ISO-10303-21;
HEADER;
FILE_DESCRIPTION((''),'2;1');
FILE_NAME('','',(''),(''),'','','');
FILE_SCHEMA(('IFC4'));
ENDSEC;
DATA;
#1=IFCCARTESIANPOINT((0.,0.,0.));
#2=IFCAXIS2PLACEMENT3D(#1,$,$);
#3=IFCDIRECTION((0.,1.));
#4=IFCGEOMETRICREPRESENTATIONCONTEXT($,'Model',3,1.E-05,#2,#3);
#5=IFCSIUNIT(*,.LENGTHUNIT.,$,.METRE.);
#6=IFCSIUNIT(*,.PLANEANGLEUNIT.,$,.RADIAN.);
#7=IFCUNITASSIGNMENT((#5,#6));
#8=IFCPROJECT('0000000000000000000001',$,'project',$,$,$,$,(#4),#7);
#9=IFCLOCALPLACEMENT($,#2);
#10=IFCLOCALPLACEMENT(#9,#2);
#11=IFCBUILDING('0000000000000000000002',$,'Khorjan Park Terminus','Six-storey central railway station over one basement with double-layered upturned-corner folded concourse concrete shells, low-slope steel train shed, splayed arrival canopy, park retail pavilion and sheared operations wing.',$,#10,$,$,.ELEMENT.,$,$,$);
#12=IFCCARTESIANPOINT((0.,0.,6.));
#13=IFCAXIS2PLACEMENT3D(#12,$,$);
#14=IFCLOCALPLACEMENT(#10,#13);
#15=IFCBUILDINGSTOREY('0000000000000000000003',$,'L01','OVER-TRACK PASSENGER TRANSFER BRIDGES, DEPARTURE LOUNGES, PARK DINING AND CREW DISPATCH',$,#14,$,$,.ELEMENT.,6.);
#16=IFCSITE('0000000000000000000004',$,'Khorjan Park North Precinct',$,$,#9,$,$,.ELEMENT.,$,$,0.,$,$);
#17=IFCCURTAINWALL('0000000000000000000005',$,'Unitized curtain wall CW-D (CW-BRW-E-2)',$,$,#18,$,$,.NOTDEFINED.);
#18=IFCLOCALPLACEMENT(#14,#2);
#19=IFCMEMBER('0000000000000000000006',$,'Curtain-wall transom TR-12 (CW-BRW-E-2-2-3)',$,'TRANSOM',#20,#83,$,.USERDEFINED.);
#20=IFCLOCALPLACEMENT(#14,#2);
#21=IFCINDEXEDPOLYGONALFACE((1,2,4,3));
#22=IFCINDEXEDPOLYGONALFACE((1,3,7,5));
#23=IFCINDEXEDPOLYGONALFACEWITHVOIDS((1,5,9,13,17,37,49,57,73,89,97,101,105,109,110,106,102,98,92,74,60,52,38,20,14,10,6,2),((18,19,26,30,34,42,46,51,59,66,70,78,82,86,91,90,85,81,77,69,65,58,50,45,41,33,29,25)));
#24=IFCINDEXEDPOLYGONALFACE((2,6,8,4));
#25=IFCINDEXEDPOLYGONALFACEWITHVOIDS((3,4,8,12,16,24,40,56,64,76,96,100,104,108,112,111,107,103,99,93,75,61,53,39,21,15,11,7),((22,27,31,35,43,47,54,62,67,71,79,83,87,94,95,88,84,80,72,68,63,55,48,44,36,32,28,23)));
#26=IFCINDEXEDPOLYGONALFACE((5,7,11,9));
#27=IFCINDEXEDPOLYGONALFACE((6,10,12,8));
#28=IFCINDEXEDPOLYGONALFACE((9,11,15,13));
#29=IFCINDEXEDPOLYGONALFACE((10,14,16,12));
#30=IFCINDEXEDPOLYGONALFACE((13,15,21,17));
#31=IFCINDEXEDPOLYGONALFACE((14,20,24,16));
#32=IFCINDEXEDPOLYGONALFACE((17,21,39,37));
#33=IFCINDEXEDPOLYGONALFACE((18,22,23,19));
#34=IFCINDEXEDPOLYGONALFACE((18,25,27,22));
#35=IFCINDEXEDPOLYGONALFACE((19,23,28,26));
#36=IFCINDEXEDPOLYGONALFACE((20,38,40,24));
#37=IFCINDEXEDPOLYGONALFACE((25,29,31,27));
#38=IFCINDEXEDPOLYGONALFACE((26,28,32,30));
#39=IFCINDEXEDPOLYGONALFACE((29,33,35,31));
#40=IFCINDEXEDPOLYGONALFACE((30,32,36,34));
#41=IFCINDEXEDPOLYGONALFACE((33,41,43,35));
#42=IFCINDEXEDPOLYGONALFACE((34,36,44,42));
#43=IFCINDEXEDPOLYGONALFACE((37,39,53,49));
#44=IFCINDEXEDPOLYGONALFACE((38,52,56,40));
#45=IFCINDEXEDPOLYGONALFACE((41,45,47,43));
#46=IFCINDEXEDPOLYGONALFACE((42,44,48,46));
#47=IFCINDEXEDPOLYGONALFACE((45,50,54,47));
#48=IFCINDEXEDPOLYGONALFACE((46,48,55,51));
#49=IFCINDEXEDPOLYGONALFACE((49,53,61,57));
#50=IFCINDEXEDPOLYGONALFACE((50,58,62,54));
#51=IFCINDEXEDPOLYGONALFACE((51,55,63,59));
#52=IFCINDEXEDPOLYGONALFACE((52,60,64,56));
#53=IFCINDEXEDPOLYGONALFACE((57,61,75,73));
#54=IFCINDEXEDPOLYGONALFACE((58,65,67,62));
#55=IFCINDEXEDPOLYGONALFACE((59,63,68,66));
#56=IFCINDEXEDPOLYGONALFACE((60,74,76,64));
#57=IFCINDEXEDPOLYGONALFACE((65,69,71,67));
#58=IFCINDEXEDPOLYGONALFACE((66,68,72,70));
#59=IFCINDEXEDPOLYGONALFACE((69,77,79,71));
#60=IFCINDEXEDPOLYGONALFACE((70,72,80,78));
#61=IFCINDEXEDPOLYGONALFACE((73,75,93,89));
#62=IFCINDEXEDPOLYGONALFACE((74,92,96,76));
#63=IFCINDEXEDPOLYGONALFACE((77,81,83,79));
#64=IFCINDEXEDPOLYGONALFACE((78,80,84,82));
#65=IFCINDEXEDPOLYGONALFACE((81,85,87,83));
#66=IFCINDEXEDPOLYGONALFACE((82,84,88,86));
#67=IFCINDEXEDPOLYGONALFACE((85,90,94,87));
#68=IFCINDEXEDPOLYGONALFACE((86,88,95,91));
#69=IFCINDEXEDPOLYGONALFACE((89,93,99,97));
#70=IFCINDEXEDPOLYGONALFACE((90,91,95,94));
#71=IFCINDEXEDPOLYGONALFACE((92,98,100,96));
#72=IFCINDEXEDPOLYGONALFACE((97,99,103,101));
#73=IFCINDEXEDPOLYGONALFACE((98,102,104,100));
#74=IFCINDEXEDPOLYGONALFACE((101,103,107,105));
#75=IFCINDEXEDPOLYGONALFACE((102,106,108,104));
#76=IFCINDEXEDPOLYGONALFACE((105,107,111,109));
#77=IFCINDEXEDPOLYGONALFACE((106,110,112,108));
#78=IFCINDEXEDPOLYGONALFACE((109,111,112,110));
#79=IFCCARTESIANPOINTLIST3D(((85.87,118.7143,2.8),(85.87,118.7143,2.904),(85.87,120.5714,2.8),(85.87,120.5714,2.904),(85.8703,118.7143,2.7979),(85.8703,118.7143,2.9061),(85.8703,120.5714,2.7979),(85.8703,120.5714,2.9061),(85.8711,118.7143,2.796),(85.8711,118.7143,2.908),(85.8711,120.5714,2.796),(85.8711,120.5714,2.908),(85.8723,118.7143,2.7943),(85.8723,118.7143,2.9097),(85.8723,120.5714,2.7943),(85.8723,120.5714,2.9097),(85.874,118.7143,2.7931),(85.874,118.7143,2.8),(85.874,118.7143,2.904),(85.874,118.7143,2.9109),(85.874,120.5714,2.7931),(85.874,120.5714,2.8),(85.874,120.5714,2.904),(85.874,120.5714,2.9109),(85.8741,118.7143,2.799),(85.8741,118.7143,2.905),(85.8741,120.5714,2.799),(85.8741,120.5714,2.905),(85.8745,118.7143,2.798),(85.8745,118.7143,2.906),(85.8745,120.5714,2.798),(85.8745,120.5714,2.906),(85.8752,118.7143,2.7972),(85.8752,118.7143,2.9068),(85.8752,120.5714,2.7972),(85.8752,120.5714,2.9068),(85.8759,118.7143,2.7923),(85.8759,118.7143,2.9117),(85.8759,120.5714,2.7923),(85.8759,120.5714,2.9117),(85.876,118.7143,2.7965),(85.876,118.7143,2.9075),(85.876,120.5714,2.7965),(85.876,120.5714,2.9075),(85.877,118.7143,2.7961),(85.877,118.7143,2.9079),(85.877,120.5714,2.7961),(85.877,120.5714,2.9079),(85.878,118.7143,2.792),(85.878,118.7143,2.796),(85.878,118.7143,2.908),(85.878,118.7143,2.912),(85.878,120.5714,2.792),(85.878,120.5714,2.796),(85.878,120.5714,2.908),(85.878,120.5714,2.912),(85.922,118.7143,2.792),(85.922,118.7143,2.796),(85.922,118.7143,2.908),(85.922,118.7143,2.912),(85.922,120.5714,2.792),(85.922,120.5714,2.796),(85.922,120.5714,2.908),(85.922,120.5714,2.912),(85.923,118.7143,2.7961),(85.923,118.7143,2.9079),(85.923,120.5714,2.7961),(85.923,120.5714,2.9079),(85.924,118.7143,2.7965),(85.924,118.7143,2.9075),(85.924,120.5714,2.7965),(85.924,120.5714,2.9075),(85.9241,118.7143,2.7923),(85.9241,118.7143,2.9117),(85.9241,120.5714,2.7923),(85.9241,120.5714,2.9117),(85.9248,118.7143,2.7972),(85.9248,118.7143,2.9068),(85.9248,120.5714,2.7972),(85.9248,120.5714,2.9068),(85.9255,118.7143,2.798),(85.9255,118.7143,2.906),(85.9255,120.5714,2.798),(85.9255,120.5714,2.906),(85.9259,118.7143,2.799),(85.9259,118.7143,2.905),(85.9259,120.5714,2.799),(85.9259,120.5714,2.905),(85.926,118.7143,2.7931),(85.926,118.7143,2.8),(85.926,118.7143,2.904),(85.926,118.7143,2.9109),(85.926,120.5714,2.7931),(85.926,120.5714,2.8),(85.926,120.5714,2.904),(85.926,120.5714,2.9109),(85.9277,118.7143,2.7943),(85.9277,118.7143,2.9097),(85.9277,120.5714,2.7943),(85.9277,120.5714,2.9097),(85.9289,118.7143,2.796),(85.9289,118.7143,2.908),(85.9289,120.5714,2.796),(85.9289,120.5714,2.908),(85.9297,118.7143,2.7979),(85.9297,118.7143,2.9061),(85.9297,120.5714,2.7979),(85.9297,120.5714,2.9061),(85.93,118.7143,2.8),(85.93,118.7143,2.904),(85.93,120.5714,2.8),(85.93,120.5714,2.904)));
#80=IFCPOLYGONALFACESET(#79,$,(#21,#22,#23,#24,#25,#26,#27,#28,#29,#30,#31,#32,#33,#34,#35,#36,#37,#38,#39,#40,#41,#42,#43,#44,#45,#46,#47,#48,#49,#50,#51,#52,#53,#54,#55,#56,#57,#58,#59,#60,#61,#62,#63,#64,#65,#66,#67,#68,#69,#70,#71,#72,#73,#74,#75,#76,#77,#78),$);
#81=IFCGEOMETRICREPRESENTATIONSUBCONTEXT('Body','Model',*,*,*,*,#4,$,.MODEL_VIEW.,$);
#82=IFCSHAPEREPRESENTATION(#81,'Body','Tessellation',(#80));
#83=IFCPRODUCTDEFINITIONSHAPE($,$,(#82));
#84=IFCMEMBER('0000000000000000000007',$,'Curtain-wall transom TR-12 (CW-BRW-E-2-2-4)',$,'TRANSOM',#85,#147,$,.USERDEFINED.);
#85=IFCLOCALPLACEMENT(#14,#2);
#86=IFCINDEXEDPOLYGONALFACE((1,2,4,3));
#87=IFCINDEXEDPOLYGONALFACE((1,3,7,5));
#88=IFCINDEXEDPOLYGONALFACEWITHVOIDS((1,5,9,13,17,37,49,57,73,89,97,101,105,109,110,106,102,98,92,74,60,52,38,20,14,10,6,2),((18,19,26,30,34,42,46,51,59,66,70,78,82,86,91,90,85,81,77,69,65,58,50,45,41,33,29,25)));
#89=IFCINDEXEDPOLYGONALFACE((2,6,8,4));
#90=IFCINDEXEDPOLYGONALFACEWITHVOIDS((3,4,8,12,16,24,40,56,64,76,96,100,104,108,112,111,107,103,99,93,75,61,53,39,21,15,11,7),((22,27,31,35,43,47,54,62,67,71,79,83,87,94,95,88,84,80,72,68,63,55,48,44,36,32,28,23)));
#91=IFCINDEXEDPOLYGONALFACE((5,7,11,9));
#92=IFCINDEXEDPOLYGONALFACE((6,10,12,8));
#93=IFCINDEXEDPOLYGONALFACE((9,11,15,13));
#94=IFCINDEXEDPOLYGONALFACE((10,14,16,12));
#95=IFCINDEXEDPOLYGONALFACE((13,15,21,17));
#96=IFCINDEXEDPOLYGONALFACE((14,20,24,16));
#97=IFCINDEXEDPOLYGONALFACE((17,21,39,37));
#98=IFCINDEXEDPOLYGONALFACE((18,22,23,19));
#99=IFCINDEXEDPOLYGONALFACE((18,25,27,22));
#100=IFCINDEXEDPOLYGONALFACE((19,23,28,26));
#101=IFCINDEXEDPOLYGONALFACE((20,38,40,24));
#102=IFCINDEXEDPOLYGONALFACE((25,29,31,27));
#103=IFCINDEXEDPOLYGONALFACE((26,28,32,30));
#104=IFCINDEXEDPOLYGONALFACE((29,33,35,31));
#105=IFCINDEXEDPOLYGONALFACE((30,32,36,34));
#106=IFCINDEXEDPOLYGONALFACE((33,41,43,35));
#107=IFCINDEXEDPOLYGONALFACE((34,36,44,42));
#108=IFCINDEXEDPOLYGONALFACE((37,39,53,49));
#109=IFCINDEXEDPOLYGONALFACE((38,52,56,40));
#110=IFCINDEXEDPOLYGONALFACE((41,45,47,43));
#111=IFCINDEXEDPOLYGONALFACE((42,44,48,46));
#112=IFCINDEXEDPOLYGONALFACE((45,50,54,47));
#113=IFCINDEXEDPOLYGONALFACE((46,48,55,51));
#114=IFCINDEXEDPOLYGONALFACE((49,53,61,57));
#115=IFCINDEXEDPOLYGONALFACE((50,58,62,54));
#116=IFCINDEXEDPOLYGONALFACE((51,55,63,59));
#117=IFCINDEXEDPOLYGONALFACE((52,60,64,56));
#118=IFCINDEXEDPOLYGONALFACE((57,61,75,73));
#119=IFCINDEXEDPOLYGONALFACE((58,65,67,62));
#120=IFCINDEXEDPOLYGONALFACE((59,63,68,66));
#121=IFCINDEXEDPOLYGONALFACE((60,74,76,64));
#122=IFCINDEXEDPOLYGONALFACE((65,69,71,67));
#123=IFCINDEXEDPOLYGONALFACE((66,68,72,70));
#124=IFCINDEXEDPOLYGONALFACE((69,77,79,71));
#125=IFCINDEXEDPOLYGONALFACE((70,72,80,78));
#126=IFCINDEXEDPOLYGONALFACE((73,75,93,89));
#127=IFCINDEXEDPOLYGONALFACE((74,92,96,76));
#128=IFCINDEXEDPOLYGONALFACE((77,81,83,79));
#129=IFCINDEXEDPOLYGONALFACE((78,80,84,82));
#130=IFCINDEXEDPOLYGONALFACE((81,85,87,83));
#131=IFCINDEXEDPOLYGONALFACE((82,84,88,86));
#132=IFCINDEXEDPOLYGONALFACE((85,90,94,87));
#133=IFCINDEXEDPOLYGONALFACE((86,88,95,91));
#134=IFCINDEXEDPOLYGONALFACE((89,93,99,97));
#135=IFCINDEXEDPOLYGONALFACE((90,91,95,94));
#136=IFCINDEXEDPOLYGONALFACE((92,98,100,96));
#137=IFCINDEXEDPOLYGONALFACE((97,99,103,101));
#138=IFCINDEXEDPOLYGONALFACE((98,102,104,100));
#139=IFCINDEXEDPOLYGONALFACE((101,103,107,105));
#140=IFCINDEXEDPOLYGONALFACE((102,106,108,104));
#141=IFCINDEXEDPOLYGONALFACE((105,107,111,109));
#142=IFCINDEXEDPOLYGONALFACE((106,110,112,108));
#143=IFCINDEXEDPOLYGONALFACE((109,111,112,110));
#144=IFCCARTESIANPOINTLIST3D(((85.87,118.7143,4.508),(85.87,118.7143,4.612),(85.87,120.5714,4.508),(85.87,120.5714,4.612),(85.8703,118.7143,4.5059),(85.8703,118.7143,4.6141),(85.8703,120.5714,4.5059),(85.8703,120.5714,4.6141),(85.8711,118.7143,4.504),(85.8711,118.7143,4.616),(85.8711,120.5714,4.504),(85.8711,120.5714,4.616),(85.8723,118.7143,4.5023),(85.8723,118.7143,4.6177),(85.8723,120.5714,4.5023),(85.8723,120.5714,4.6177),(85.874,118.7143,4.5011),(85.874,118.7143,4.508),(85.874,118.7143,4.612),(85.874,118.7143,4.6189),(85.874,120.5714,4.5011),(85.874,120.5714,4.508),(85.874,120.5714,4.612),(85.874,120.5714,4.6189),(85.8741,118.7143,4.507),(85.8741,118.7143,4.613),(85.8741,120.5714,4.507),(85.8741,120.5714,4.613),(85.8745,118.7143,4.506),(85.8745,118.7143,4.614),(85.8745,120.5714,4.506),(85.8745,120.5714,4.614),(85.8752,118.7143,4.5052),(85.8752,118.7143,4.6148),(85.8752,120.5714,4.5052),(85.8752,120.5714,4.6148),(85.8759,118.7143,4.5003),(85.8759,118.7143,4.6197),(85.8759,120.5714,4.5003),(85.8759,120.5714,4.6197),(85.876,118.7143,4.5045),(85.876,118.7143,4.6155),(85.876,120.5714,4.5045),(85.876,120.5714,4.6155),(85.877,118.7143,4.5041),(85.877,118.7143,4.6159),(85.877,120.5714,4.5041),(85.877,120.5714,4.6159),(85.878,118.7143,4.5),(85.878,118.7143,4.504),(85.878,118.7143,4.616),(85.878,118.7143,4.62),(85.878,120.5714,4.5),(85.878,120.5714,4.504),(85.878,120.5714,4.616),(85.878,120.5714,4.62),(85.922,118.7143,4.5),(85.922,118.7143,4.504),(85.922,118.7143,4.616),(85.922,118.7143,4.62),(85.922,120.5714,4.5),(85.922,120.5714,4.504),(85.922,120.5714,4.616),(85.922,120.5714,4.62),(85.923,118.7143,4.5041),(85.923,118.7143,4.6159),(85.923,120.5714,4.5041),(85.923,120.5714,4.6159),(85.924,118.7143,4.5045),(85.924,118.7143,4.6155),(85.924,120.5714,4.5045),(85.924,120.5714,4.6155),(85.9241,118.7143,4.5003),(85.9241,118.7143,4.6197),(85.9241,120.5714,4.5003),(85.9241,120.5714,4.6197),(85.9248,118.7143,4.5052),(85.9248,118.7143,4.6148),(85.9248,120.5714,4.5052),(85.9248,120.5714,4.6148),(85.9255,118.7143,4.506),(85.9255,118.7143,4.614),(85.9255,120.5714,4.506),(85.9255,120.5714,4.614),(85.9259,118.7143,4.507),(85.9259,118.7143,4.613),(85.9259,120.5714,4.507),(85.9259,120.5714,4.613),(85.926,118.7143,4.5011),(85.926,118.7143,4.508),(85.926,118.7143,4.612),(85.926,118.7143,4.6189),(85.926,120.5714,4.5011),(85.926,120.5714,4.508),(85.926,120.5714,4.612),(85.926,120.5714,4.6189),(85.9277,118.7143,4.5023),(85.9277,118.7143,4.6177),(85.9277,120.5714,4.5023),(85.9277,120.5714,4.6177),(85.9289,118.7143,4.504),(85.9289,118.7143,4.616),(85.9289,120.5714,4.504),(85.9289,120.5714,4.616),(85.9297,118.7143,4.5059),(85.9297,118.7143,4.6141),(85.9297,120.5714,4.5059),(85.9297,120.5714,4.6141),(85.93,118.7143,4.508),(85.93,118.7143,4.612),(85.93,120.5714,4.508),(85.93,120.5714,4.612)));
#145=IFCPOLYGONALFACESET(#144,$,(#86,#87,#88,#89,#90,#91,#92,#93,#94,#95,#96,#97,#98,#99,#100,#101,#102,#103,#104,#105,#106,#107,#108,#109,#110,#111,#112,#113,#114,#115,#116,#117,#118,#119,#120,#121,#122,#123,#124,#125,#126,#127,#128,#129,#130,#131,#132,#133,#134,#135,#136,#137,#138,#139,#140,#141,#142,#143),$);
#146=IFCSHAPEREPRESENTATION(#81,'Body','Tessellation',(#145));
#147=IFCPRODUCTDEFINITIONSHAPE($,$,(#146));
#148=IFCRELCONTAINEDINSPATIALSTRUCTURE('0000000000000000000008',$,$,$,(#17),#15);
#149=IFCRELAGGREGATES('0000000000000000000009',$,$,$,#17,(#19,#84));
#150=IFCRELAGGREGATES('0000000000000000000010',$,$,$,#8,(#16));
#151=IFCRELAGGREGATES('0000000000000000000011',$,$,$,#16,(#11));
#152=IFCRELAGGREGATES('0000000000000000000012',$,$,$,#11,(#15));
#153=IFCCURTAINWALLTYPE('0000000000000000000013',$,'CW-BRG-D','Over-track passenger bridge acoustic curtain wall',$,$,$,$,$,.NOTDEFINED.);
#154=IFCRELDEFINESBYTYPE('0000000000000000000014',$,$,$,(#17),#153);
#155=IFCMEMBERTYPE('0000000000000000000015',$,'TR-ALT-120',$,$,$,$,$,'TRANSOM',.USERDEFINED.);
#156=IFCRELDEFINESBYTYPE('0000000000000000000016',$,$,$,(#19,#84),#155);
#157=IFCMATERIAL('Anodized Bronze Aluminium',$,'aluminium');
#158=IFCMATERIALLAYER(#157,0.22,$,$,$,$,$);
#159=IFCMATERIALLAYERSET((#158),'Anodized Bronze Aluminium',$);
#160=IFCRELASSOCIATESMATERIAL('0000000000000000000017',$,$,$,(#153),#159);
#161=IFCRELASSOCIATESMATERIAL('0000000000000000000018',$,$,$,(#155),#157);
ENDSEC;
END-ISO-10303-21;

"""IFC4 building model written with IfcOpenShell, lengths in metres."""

from ifc_helpers import new_model, si_unit, direction, frame, origin, origin_2d, place, context, subcontext, project, spatial, hollow_rectangle, extrude, material, layer, layer_set, material_profile, profile_set, type_object, element, aggregate, save


model = new_model("IFC4")

# Units and contexts
model_context = context("Model", 3, precision=1e-05, world=origin(), true_north=direction((0.0, 1.0)))
body_context = subcontext(model_context, "Body", "Model", "MODEL_VIEW")
ifc_project = project(units=[si_unit("LENGTHUNIT", "METRE"), si_unit("PLANEANGLEUNIT", "RADIAN")], contexts=[model_context])

# Site, building, storey
site_placement = place(None, origin())
site = spatial("IfcSite", under=ifc_project, at=site_placement, Name="Khorjan Park North Precinct", CompositionType="ELEMENT", RefElevation=0.0)
building_placement = place(site_placement, origin())
building = spatial("IfcBuilding", under=site, at=building_placement, Name="Khorjan Park Terminus", Description="Six-storey central railway station over one basement with double-layered upturned-corner folded concourse concrete shells, low-slope steel train shed, splayed arrival canopy, park retail pavilion and sheared operations wing.", CompositionType="ELEMENT")
storey_placement = place(building_placement, frame((0.0, 0.0, 6.0)))
storey = spatial("IfcBuildingStorey", under=building, at=storey_placement, Name="L01", Description="OVER-TRACK PASSENGER TRANSFER BRIDGES, DEPARTURE LOUNGES, PARK DINING AND CREW DISPATCH", CompositionType="ELEMENT", Elevation=6.0)

# Curtain wall, members
ifc_material_1 = material(Name="Anodized Bronze Aluminium", Category="aluminium")
ifc_layer_1 = layer(ifc_material_1, 0.22)
ifc_layer_set_1 = layer_set([ifc_layer_1], Name="Anodized Bronze Aluminium")
curtain_wall_type = type_object("IfcCurtainWallType", Name="CW-BRG-D", Description="Over-track passenger bridge acoustic curtain wall", PredefinedType="NOTDEFINED", material=ifc_layer_set_1)
curtain_wall_placement = place(storey_placement, origin())
curtain_wall = element("IfcCurtainWall", 1, at=curtain_wall_placement, inside=storey, type_object=curtain_wall_type, Name="Unitized curtain wall CW-D (CW-BRW-E-2)", PredefinedType="NOTDEFINED")
ifc_material_profile_1 = material_profile(ifc_material_1, hollow_rectangle(XDim=0.06, YDim=0.12, WallThickness=0.004, InnerFilletRadius=0.004, OuterFilletRadius=0.008, at=origin_2d()), Name="ALT 60x120x4")
ifc_profile_set_1 = profile_set([ifc_material_profile_1], Name="Anodized Bronze Aluminium")
member_type_1 = type_object("IfcMemberType", Name="TR-ALT-120", ElementType="TRANSOM", PredefinedType="USERDEFINED", material=ifc_profile_set_1)
member_1_placement = place(storey_placement, frame((85.9, 118.7143, 2.852), z_axis=(0.0, 1.0, 0.0), x_axis=(-1.0, 0.0, 0.0)))
member_1 = element("IfcMember", 2, at=member_1_placement, type_object=member_type_1, Name="Curtain-wall transom TR-12 (CW-BRW-E-2-2-3)", ObjectType="TRANSOM", PredefinedType="USERDEFINED", context=body_context, shape_type="SweptSolid", body=[
    extrude(hollow_rectangle(XDim=0.06, YDim=0.12, WallThickness=0.004, InnerFilletRadius=0.004, OuterFilletRadius=0.008, at=origin_2d()), origin(), (0.0, 0.0, 1.0), 1.8571),
])
member_2_placement = place(storey_placement, frame((85.9, 118.7143, 4.56), z_axis=(0.0, 1.0, 0.0), x_axis=(-1.0, 0.0, 0.0)))
member_2 = element("IfcMember", 3, at=member_2_placement, type_object=member_type_1, Name="Curtain-wall transom TR-12 (CW-BRW-E-2-2-4)", ObjectType="TRANSOM", PredefinedType="USERDEFINED", context=body_context, shape_type="SweptSolid", body=[
    extrude(hollow_rectangle(XDim=0.06, YDim=0.12, WallThickness=0.004, InnerFilletRadius=0.004, OuterFilletRadius=0.008, at=origin_2d()), origin(), (0.0, 0.0, 1.0), 1.8571),
])
aggregate(curtain_wall, [member_1, member_2])

save(model, "model.ifc")
